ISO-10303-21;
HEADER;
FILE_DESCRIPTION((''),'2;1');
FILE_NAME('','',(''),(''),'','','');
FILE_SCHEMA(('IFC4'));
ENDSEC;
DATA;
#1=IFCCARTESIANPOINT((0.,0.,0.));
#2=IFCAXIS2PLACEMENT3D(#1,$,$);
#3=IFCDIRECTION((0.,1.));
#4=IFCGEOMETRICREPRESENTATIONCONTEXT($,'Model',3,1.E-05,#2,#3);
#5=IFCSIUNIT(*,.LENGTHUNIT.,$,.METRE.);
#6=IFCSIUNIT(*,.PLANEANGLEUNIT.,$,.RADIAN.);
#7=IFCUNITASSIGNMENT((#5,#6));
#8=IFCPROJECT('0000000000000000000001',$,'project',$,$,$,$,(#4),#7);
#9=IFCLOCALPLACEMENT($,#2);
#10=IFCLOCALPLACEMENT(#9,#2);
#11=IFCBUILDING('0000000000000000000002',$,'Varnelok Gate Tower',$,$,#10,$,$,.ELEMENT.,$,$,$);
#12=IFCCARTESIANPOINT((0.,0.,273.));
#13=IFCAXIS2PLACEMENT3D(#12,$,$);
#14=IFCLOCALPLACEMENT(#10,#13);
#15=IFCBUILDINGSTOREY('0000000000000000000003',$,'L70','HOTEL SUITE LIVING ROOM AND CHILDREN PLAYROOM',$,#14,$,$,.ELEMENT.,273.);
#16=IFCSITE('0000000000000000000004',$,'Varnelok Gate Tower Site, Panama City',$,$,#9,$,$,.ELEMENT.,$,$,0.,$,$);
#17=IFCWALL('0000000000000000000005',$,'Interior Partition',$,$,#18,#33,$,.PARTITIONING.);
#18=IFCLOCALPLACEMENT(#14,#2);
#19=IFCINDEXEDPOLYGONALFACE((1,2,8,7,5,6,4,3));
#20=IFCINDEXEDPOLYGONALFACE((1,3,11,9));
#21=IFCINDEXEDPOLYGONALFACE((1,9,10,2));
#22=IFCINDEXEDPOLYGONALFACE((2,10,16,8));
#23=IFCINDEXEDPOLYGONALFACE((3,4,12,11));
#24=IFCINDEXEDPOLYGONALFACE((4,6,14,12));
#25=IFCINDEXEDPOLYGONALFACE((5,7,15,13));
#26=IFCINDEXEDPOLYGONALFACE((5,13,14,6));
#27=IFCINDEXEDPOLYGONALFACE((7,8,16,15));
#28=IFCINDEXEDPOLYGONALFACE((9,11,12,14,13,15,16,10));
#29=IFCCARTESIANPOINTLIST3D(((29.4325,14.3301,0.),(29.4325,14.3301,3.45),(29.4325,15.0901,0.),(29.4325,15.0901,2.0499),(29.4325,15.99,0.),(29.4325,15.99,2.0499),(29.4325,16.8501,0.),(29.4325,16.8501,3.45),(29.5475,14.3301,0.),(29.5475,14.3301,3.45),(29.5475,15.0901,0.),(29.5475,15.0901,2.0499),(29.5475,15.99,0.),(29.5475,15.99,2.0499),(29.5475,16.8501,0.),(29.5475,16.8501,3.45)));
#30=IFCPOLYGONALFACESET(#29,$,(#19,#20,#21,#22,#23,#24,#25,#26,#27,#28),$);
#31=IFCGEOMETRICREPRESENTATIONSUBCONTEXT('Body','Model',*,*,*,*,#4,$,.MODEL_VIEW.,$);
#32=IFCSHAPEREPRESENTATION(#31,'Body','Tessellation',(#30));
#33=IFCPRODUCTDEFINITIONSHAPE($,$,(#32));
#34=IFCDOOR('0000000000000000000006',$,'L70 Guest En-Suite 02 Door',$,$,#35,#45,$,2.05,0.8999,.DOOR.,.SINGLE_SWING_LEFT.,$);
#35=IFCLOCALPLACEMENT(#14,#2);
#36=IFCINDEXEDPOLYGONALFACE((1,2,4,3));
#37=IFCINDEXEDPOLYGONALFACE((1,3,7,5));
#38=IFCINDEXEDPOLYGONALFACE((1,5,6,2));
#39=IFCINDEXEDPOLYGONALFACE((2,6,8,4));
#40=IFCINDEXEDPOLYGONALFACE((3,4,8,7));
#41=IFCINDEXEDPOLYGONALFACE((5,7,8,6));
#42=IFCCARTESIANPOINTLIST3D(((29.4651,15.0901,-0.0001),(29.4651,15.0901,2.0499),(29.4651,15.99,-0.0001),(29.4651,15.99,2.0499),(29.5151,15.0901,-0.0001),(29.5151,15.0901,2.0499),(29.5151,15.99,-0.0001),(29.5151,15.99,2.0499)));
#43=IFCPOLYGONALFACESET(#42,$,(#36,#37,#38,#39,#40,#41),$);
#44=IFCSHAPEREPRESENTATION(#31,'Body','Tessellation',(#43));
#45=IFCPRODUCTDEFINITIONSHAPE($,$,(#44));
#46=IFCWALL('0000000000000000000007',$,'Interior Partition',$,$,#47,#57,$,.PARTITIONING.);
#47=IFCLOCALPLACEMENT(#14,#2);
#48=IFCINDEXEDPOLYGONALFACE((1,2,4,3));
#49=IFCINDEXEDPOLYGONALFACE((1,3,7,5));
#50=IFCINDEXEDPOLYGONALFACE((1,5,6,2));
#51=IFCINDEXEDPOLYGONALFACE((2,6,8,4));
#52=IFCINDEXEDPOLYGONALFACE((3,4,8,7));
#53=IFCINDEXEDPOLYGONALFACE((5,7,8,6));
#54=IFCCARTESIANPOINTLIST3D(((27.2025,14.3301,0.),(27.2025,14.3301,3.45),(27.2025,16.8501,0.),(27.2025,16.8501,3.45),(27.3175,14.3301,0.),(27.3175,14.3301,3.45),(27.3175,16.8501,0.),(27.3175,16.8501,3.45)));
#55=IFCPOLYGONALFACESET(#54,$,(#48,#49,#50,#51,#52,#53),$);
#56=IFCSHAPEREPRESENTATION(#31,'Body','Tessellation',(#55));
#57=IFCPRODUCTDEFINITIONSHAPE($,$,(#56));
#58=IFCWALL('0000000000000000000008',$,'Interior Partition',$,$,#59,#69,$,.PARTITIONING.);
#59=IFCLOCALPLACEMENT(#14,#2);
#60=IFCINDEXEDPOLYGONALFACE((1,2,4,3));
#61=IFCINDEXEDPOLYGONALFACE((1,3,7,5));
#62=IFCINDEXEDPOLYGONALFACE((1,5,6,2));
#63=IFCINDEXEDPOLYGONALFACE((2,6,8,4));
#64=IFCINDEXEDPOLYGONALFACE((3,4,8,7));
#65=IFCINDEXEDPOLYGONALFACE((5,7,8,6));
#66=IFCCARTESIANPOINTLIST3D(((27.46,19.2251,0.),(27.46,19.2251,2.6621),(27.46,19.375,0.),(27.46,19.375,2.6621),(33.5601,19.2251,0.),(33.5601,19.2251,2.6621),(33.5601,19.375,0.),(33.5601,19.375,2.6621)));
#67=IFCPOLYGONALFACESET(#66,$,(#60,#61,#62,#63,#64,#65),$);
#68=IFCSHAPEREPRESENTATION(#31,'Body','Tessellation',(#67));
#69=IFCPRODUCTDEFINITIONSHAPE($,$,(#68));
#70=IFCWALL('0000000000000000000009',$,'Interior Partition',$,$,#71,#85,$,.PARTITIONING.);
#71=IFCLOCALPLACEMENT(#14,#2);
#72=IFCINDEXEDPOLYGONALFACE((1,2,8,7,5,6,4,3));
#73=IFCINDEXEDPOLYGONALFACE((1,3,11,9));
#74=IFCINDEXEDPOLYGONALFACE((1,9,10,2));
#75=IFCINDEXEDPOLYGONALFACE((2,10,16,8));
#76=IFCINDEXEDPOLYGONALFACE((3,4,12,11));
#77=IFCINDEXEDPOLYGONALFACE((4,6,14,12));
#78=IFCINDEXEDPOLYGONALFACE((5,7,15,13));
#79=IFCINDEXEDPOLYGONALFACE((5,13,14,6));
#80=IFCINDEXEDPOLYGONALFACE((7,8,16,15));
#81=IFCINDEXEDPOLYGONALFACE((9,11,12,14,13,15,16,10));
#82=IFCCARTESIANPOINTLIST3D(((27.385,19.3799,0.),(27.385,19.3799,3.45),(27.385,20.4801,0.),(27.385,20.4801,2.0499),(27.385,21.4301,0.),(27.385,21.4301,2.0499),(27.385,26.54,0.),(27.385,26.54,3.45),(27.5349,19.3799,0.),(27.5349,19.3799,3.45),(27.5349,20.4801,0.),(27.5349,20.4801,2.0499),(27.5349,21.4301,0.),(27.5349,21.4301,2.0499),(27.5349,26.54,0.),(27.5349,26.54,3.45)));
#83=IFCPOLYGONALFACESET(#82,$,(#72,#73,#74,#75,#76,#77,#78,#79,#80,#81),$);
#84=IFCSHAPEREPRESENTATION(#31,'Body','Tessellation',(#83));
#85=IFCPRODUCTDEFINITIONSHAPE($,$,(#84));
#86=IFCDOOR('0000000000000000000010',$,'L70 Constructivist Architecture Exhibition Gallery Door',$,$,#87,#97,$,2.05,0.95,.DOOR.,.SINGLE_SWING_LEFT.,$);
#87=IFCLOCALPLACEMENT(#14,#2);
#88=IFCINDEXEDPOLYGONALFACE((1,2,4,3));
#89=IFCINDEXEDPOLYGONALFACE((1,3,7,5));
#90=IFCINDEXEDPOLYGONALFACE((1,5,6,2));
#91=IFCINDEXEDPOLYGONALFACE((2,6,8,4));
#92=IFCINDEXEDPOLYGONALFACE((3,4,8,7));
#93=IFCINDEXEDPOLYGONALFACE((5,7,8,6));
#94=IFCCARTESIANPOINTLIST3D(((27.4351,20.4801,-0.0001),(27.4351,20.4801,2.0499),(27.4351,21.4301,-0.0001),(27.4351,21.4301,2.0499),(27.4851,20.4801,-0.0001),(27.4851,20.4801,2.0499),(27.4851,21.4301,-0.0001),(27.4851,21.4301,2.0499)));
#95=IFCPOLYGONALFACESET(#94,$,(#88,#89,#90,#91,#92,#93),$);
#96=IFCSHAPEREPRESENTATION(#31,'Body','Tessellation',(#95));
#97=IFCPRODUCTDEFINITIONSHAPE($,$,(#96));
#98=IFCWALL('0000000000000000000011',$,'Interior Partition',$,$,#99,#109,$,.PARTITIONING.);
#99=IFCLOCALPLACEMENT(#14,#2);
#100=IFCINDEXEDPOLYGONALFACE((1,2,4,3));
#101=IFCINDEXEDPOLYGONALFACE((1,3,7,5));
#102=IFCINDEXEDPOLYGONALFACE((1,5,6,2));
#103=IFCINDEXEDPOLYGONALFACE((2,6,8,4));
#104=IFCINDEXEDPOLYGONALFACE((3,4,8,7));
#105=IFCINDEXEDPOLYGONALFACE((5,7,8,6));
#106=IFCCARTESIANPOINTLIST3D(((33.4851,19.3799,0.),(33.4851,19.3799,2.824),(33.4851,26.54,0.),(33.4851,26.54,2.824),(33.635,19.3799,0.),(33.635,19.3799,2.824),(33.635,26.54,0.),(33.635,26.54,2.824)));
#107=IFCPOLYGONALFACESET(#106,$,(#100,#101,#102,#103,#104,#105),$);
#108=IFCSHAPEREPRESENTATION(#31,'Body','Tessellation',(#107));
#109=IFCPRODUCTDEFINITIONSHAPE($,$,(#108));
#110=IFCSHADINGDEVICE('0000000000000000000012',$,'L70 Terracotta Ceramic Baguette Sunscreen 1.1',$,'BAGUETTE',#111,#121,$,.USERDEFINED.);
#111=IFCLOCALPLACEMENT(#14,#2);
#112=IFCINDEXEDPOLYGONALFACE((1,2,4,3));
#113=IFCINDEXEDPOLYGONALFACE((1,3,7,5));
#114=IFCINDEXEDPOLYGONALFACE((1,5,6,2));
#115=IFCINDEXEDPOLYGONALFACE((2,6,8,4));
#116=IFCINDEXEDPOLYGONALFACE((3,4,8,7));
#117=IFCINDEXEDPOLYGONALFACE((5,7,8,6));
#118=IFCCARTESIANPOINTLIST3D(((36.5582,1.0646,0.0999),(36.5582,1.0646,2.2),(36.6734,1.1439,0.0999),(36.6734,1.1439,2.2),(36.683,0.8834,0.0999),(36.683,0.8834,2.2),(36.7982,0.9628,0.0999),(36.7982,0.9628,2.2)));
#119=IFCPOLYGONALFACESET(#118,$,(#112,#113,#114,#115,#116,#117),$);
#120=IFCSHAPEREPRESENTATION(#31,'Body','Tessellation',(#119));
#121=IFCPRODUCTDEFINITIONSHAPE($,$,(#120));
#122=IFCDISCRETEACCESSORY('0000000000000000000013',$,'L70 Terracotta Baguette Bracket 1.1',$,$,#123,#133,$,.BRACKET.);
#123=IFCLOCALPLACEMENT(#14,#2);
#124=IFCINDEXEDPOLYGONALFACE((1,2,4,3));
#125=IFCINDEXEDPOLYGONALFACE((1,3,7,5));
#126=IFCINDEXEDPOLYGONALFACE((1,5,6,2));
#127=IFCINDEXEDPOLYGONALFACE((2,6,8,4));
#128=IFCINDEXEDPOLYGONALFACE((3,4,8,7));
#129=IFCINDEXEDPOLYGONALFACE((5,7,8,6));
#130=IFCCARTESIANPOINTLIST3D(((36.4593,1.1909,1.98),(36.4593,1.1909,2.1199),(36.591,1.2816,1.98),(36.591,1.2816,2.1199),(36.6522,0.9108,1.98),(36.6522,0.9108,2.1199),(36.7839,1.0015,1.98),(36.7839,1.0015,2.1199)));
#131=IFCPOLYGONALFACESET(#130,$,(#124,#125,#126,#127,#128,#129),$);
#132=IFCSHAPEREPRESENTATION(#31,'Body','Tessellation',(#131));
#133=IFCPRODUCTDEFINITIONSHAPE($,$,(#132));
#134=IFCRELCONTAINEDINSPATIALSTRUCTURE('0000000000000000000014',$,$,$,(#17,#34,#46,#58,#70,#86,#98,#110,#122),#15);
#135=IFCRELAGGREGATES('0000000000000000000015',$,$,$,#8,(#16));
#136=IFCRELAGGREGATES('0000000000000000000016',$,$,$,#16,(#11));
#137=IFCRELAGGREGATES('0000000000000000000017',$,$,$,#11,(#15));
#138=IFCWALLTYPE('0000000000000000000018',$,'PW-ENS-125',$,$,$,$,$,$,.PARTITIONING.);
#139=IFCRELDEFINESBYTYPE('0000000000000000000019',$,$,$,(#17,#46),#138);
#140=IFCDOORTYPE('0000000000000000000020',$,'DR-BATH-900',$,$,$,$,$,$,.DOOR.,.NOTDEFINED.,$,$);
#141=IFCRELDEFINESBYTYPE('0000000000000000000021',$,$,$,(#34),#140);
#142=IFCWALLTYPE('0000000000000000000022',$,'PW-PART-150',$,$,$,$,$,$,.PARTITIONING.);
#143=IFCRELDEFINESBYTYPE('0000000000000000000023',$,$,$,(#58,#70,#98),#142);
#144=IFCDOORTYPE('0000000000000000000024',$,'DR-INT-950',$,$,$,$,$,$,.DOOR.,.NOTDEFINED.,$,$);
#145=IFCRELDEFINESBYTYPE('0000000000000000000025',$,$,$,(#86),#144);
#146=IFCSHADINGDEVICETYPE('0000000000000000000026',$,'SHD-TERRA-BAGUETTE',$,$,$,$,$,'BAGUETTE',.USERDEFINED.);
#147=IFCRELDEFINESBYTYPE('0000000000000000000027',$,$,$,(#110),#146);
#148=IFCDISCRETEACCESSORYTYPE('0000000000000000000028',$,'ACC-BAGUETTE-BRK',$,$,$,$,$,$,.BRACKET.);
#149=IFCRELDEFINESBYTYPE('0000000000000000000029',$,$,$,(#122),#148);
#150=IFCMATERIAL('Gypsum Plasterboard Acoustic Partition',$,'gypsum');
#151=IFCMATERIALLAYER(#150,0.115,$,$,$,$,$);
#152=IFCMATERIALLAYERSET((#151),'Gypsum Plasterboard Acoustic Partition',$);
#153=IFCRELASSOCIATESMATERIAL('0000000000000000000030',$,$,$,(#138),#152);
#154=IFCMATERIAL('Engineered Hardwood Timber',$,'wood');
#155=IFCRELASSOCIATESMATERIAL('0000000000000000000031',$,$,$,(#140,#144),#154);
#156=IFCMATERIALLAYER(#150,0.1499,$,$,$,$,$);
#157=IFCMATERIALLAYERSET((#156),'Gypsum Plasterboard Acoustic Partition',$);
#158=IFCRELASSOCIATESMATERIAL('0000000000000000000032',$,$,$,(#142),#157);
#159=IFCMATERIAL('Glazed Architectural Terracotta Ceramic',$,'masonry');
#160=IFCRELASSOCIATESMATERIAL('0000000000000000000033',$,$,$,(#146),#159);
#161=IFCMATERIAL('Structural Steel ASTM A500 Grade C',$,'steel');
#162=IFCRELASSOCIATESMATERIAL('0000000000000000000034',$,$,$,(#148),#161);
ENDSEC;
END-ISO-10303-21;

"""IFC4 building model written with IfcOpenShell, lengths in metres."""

from ifc_helpers import new_model, si_unit, direction, frame, frame_2d, origin, origin_2d, place, context, subcontext, project, spatial, rectangle, extrude, source, transform, mapped, material, layer, layer_set, type_object, element, fill, save


model = new_model("IFC4")

# Units and contexts
model_context = context("Model", 3, precision=1e-05, world=origin(), true_north=direction((0.0, 1.0)))
body_context = subcontext(model_context, "Body", "Model", "MODEL_VIEW")
ifc_project = project(units=[si_unit("LENGTHUNIT", "METRE"), si_unit("PLANEANGLEUNIT", "RADIAN")], contexts=[model_context])

# Site, building, storey
site_placement = place(None, origin())
site = spatial("IfcSite", under=ifc_project, at=site_placement, Name="Varnelok Gate Tower Site, Panama City", CompositionType="ELEMENT", RefElevation=0.0)
building_placement = place(site_placement, origin())
building = spatial("IfcBuilding", under=site, at=building_placement, Name="Varnelok Gate Tower", CompositionType="ELEMENT")
storey_placement = place(building_placement, frame((0.0, 0.0, 273.0)))
storey = spatial("IfcBuildingStorey", under=building, at=storey_placement, Name="L70", Description="HOTEL SUITE LIVING ROOM AND CHILDREN PLAYROOM", CompositionType="ELEMENT", Elevation=273.0)

# Shared definitions
ifc_material_1 = material(Name="Gypsum Plasterboard Acoustic Partition", Category="gypsum")
ifc_material_2 = material(Name="Engineered Hardwood Timber", Category="wood")
ifc_layer_1 = layer(ifc_material_1, 0.115)
ifc_layer_set_1 = layer_set([ifc_layer_1], Name="Gypsum Plasterboard Acoustic Partition")
wall_type_1 = type_object("IfcWallType", Name="PW-ENS-125", PredefinedType="PARTITIONING", material=ifc_layer_set_1)
door_type_1 = type_object("IfcDoorType", Name="DR-BATH-900", OperationType="NOTDEFINED", PredefinedType="DOOR", material=ifc_material_2)

# Wall, opening, door
wall_1_placement = place(storey_placement, frame((29.49, 14.3301, 0.0), z_axis=(0.0, 0.0, 1.0), x_axis=(0.0, 1.0, 0.0)))
wall_1 = element("IfcWall", 1, at=wall_1_placement, inside=storey, type_object=wall_type_1, Name="Interior Partition", PredefinedType="PARTITIONING", context=body_context, shape_type="SweptSolid", body=[
    extrude(rectangle(XDim=2.52, YDim=0.115, at=frame_2d((1.26, 0.0))), origin(), (0.0, 0.0, 1.0), 3.45),
])
opening_1_placement = place(wall_1_placement, frame((0.76, 0.0, 0.0)))
opening_1 = element("IfcOpeningElement", 2, at=opening_1_placement, cuts=wall_1, PredefinedType="OPENING", context=body_context, shape_type="SweptSolid", body=[
    extrude(rectangle(XDim=0.8999, YDim=2.05, at=frame_2d((0.45, 1.0249))), frame((0.0, 0.0674, 0.0), z_axis=(0.0, -1.0, 0.0), x_axis=(1.0, 0.0, 0.0)), (0.0, 0.0, 1.0), 0.135),
])
door_1_placement = place(opening_1_placement, origin())
door_1 = element("IfcDoor", 3, at=door_1_placement, inside=storey, type_object=door_type_1, Name="L70 Guest En-Suite 02 Door", OperationType="SINGLE_SWING_LEFT", OverallHeight=2.05, OverallWidth=0.8999, PredefinedType="DOOR", context=body_context, shape_type="SweptSolid", body=[
    extrude(rectangle(XDim=0.8999, YDim=2.05, at=frame_2d((0.45, 1.0249))), frame((0.0, 0.0249, 0.0), z_axis=(0.0, -1.0, 0.0), x_axis=(1.0, 0.0, 0.0)), (0.0, 0.0, 1.0), 0.05),
])
fill(opening_1, door_1)

# Walls
wall_2_placement = place(storey_placement, frame((27.26, 14.3301, 0.0), z_axis=(0.0, 0.0, 1.0), x_axis=(0.0, 1.0, 0.0)))
element("IfcWall", 4, at=wall_2_placement, inside=storey, type_object=wall_type_1, Name="Interior Partition", PredefinedType="PARTITIONING", context=body_context, shape_type="SweptSolid", body=[
    extrude(rectangle(XDim=2.52, YDim=0.115, at=frame_2d((1.26, 0.0))), origin(), (0.0, 0.0, 1.0), 3.45),
])
ifc_layer_2 = layer(ifc_material_1, 0.1499)
ifc_layer_set_2 = layer_set([ifc_layer_2], Name="Gypsum Plasterboard Acoustic Partition")
wall_type_2 = type_object("IfcWallType", Name="PW-PART-150", PredefinedType="PARTITIONING", material=ifc_layer_set_2)
wall_3_placement = place(storey_placement, frame((27.46, 19.3, 0.0), z_axis=(0.0, 0.0, 1.0), x_axis=(1.0, 0.0, 0.0)))
element("IfcWall", 5, at=wall_3_placement, inside=storey, type_object=wall_type_2, Name="Interior Partition", PredefinedType="PARTITIONING", context=body_context, shape_type="SweptSolid", body=[
    extrude(rectangle(XDim=6.1001, YDim=0.1499, at=frame_2d((3.05, 0.0))), origin(), (0.0, 0.0, 1.0), 2.6621),
])

# Wall, opening, door
wall_4_placement = place(storey_placement, frame((27.46, 19.3799, 0.0), z_axis=(0.0, 0.0, 1.0), x_axis=(0.0, 1.0, 0.0)))
wall_4 = element("IfcWall", 6, at=wall_4_placement, inside=storey, type_object=wall_type_2, Name="Interior Partition", PredefinedType="PARTITIONING", context=body_context, shape_type="SweptSolid", body=[
    extrude(rectangle(XDim=7.1602, YDim=0.1499, at=frame_2d((3.5801, 0.0))), origin(), (0.0, 0.0, 1.0), 3.45),
])
opening_2_placement = place(wall_4_placement, frame((1.1001, 0.0, 0.0)))
opening_2 = element("IfcOpeningElement", 7, at=opening_2_placement, cuts=wall_4, PredefinedType="OPENING", context=body_context, shape_type="SweptSolid", body=[
    extrude(rectangle(XDim=0.95, YDim=2.05, at=frame_2d((0.4751, 1.0249))), frame((0.0, 0.085, 0.0), z_axis=(0.0, -1.0, 0.0), x_axis=(1.0, 0.0, 0.0)), (0.0, 0.0, 1.0), 0.1699),
])
door_type_2 = type_object("IfcDoorType", Name="DR-INT-950", OperationType="NOTDEFINED", PredefinedType="DOOR", material=ifc_material_2)
door_2_placement = place(opening_2_placement, origin())
door_2 = element("IfcDoor", 8, at=door_2_placement, inside=storey, type_object=door_type_2, Name="L70 Constructivist Architecture Exhibition Gallery Door", OperationType="SINGLE_SWING_LEFT", OverallHeight=2.05, OverallWidth=0.95, PredefinedType="DOOR", context=body_context, shape_type="SweptSolid", body=[
    extrude(rectangle(XDim=0.95, YDim=2.05, at=frame_2d((0.4751, 1.0249))), frame((0.0, 0.0249, 0.0), z_axis=(0.0, -1.0, 0.0), x_axis=(1.0, 0.0, 0.0)), (0.0, 0.0, 1.0), 0.05),
])
fill(opening_2, door_2)

# Wall
wall_5_placement = place(storey_placement, frame((33.5601, 19.3799, 0.0), z_axis=(0.0, 0.0, 1.0), x_axis=(0.0, 1.0, 0.0)))
element("IfcWall", 9, at=wall_5_placement, inside=storey, type_object=wall_type_2, Name="Interior Partition", PredefinedType="PARTITIONING", context=body_context, shape_type="SweptSolid", body=[
    extrude(rectangle(XDim=7.1602, YDim=0.1499, at=frame_2d((3.5801, 0.0))), origin(), (0.0, 0.0, 1.0), 2.824),
])

# Shading device
ifc_material_3 = material(Name="Glazed Architectural Terracotta Ceramic", Category="masonry")
shading_device_type = type_object("IfcShadingDeviceType", Name="SHD-TERRA-BAGUETTE", ElementType="BAGUETTE", PredefinedType="USERDEFINED", material=ifc_material_3)
shared_shape_1 = source(origin(), body_context, "Body", "SweptSolid", [
    extrude(rectangle(XDim=0.1399, YDim=0.22, at=origin_2d()), origin(), (0.0, 0.0, 1.0), 2.1001),
])
shading_device_placement = place(storey_placement, frame((36.6782, 1.0137, 0.0999), z_axis=(0.0, 0.0, 1.0), x_axis=(0.823533, 0.567269, 0.0)))
element("IfcShadingDevice", 10, at=shading_device_placement, inside=storey, type_object=shading_device_type, Name="L70 Terracotta Ceramic Baguette Sunscreen 1.1", ObjectType="BAGUETTE", PredefinedType="USERDEFINED", context=body_context, shape_type="MappedRepresentation", body=[
    mapped(shared_shape_1, transform((0.0, 0.0, 0.0), scale=1.0)),
])

# Discrete accessory
ifc_material_4 = material(Name="Structural Steel ASTM A500 Grade C", Category="steel")
discrete_accessory_type = type_object("IfcDiscreteAccessoryType", Name="ACC-BAGUETTE-BRK", PredefinedType="BRACKET", material=ifc_material_4)
shared_shape_2 = source(origin(), body_context, "Body", "SweptSolid", [
    extrude(rectangle(XDim=0.1599, YDim=0.3401, at=origin_2d()), origin(), (0.0, 0.0, 1.0), 0.1399),
])
discrete_accessory_placement = place(storey_placement, frame((36.6216, 1.0962, 1.98), z_axis=(0.0, 0.0, 1.0), x_axis=(0.823533, 0.567269, 0.0)))
element("IfcDiscreteAccessory", 11, at=discrete_accessory_placement, inside=storey, type_object=discrete_accessory_type, Name="L70 Terracotta Baguette Bracket 1.1", PredefinedType="BRACKET", context=body_context, shape_type="MappedRepresentation", body=[
    mapped(shared_shape_2, transform((0.0, 0.0, 0.0), scale=1.0)),
])

save(model, "model.ifc")
